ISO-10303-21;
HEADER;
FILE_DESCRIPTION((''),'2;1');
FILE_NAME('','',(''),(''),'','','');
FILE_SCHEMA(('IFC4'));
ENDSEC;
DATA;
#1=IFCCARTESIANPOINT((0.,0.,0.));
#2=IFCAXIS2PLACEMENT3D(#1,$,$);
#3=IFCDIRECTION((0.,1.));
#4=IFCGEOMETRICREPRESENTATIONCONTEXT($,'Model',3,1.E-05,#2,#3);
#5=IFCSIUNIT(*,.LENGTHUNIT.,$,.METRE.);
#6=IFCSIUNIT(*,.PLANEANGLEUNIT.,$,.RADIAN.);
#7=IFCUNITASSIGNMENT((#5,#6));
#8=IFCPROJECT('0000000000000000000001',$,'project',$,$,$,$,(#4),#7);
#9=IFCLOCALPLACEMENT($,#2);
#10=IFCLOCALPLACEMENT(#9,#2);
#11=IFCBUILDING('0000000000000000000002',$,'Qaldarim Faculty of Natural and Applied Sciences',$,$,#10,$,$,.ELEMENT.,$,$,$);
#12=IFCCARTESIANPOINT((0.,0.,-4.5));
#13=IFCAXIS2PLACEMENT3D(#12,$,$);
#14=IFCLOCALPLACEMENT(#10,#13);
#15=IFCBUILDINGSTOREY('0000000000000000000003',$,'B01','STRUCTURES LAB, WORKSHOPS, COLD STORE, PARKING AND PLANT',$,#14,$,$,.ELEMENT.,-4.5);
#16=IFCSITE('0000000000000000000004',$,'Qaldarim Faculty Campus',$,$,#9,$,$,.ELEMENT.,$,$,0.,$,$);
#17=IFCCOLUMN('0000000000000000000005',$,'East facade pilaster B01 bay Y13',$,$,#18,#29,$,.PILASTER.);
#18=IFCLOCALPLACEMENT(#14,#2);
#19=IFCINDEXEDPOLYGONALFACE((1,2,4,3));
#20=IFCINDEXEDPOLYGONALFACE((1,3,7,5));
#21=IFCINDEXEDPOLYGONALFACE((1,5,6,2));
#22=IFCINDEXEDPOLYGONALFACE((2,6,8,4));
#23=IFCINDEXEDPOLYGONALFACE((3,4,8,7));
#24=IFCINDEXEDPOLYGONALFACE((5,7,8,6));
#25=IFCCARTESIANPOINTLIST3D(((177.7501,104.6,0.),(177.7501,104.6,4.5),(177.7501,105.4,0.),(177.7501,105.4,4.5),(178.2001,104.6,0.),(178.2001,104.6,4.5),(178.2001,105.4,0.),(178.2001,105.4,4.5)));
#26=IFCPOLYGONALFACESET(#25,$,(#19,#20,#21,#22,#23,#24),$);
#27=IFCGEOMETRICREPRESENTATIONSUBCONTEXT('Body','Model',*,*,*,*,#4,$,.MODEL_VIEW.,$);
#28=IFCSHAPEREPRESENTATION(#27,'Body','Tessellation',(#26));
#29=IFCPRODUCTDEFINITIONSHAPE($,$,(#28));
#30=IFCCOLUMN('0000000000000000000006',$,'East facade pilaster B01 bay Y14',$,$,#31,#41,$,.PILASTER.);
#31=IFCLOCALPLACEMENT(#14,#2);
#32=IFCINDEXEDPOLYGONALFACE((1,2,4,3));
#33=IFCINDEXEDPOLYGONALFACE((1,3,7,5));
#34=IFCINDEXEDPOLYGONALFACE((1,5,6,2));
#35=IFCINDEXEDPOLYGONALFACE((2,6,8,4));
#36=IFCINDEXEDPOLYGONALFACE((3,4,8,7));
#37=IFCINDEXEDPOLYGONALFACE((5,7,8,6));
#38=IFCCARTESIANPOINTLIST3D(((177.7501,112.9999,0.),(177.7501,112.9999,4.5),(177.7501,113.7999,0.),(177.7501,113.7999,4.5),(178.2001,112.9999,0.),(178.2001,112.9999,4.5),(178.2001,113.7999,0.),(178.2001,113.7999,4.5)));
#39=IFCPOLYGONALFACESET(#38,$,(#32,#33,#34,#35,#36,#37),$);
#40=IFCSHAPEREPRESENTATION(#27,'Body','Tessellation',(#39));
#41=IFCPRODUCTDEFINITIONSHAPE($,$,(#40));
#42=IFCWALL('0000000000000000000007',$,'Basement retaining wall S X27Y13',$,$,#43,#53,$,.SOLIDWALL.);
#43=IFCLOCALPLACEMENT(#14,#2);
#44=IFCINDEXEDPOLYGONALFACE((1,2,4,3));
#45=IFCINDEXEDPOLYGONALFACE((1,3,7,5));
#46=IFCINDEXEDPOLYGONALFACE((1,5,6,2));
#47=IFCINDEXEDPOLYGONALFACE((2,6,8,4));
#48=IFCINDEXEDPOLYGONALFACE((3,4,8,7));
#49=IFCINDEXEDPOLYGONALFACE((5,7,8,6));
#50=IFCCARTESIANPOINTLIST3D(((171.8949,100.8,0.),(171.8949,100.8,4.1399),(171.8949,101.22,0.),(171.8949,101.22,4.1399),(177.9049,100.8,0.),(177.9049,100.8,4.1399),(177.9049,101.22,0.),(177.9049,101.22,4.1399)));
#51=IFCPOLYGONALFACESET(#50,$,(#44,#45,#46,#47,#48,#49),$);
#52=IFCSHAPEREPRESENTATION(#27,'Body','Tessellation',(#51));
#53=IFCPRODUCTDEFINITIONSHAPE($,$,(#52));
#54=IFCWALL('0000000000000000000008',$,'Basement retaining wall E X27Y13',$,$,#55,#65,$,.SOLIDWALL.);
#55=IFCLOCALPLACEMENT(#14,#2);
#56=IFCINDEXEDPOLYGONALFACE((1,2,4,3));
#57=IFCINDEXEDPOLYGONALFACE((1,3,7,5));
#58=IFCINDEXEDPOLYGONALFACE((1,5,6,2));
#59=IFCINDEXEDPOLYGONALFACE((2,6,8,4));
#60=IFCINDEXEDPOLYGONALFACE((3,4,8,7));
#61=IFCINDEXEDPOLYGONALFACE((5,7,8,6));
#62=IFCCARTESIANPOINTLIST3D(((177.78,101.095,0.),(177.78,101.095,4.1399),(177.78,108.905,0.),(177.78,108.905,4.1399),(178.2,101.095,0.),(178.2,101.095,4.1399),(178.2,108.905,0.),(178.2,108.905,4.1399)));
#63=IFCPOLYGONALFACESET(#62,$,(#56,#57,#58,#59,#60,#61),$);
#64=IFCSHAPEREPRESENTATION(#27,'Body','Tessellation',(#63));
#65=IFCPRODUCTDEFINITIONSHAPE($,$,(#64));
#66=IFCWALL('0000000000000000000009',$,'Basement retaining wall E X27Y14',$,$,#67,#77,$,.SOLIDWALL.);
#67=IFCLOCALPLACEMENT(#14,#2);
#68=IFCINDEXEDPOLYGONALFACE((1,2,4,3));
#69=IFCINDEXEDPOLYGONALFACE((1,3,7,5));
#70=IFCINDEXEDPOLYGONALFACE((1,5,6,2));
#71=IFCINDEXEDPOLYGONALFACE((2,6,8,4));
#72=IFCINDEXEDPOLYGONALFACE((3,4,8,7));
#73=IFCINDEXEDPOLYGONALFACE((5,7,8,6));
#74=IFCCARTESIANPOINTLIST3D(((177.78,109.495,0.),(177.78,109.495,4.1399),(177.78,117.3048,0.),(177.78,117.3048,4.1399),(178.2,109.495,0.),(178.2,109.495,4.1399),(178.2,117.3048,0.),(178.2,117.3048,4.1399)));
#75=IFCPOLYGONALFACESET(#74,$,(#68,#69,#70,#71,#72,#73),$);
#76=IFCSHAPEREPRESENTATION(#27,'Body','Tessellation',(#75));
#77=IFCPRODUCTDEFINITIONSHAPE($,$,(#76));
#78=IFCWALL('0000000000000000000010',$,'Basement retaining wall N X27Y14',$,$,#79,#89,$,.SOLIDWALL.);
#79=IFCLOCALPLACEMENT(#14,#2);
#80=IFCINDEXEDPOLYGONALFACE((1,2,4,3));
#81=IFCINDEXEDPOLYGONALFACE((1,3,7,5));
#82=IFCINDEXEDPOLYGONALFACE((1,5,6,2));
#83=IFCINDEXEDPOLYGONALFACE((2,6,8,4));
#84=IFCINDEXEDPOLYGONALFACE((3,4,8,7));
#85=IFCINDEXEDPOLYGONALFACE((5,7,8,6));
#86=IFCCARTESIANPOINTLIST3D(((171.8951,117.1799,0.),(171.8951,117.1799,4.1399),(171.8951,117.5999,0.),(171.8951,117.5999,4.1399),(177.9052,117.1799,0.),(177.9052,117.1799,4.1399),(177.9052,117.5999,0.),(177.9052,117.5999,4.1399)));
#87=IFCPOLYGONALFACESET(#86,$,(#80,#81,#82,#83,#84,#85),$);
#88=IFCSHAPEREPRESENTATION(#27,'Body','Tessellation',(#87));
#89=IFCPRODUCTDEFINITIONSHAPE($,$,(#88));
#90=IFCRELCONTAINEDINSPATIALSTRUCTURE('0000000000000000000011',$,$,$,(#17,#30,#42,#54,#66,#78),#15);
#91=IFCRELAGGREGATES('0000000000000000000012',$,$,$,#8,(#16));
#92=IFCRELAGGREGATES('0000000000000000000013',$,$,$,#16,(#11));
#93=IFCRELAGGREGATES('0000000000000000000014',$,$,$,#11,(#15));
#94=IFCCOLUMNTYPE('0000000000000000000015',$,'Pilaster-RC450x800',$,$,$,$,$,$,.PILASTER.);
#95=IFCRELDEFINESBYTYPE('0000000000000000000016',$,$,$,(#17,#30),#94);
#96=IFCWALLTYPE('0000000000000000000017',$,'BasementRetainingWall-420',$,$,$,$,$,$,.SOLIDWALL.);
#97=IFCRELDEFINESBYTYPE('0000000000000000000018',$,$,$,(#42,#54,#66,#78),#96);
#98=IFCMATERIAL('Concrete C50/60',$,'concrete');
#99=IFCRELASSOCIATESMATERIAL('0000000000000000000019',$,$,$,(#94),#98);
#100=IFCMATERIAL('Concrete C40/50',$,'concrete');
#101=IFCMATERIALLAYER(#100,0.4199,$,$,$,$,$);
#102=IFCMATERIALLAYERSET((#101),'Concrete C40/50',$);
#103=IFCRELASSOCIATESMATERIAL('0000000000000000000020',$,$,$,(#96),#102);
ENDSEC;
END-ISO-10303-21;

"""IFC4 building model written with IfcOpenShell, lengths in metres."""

from ifc_helpers import new_model, si_unit, direction, frame, frame_2d, origin, origin_2d, place, context, subcontext, project, spatial, rectangle, extrude, material, layer, layer_set, material_profile, profile_set, type_object, element, save


model = new_model("IFC4")

# Units and contexts
model_context = context("Model", 3, precision=1e-05, world=origin(), true_north=direction((0.0, 1.0)))
body_context = subcontext(model_context, "Body", "Model", "MODEL_VIEW")
ifc_project = project(units=[si_unit("LENGTHUNIT", "METRE"), si_unit("PLANEANGLEUNIT", "RADIAN")], contexts=[model_context])

# Site, building, storey
site_placement = place(None, origin())
site = spatial("IfcSite", under=ifc_project, at=site_placement, Name="Qaldarim Faculty Campus", CompositionType="ELEMENT", RefElevation=0.0)
building_placement = place(site_placement, origin())
building = spatial("IfcBuilding", under=site, at=building_placement, Name="Qaldarim Faculty of Natural and Applied Sciences", CompositionType="ELEMENT")
storey_placement = place(building_placement, frame((0.0, 0.0, -4.5)))
storey = spatial("IfcBuildingStorey", under=building, at=storey_placement, Name="B01", Description="STRUCTURES LAB, WORKSHOPS, COLD STORE, PARKING AND PLANT", CompositionType="ELEMENT", Elevation=-4.5)

# Shared definitions
ifc_material_1 = material(Name="Concrete C40/50", Category="concrete")

# Columns
ifc_material_2 = material(Name="Concrete C50/60", Category="concrete")
ifc_material_profile_1 = material_profile(ifc_material_2, rectangle(XDim=0.45, YDim=0.8, at=origin_2d()), Name="RC-C450x800")
ifc_profile_set_1 = profile_set([ifc_material_profile_1], Name="Concrete C50/60")
column_type_1 = type_object("IfcColumnType", Name="Pilaster-RC450x800", PredefinedType="PILASTER", material=ifc_profile_set_1)
for number, where, z_axis, x_axis, name in (
    (1, (177.9751, 105.0, 0.0), (0.0, 0.0, 1.0), (1.0, 0.0, 0.0), "East facade pilaster B01 bay Y13"),
    (2, (177.9751, 113.3999, 0.0), (0.0, 0.0, 1.0), (1.0, 0.0, 0.0), "East facade pilaster B01 bay Y14"),
):
    element("IfcColumn", number, at=place(storey_placement, frame(where, z_axis=z_axis, x_axis=x_axis)), inside=storey, type_object=column_type_1, Name=name, PredefinedType="PILASTER", context=body_context, shape_type="SweptSolid", body=[
        extrude(rectangle(XDim=0.45, YDim=0.8, at=origin_2d()), origin(), (0.0, 0.0, 1.0), 4.5),
    ])

# Walls
ifc_layer_1 = layer(ifc_material_1, 0.4199)
ifc_layer_set_1 = layer_set([ifc_layer_1], Name="Concrete C40/50")
wall_type = type_object("IfcWallType", Name="BasementRetainingWall-420", PredefinedType="SOLIDWALL", material=ifc_layer_set_1)
wall_1_placement = place(storey_placement, frame((171.895, 101.01, 0.0), z_axis=(0.0, 0.0, 1.0), x_axis=(1.0, 0.0, 0.0)))
element("IfcWall", 3, at=wall_1_placement, inside=storey, type_object=wall_type, Name="Basement retaining wall S X27Y13", PredefinedType="SOLIDWALL", context=body_context, shape_type="SweptSolid", body=[
    extrude(rectangle(XDim=6.01, YDim=0.4199, at=frame_2d((3.0049, 0.0))), origin(), (0.0, 0.0, 1.0), 4.1399),
])
wall_2_placement = place(storey_placement, frame((177.99, 101.095, 0.0), z_axis=(0.0, 0.0, 1.0), x_axis=(0.0, 1.0, 0.0)))
element("IfcWall", 4, at=wall_2_placement, inside=storey, type_object=wall_type, Name="Basement retaining wall E X27Y13", PredefinedType="SOLIDWALL", context=body_context, shape_type="SweptSolid", body=[
    extrude(rectangle(XDim=7.8101, YDim=0.4199, at=frame_2d((3.905, 0.0))), origin(), (0.0, 0.0, 1.0), 4.1399),
])
wall_3_placement = place(storey_placement, frame((177.99, 109.4951, 0.0), z_axis=(0.0, 0.0, 1.0), x_axis=(0.0, 1.0, 0.0)))
element("IfcWall", 5, at=wall_3_placement, inside=storey, type_object=wall_type, Name="Basement retaining wall E X27Y14", PredefinedType="SOLIDWALL", context=body_context, shape_type="SweptSolid", body=[
    extrude(rectangle(XDim=7.8098, YDim=0.4199, at=frame_2d((3.9048, 0.0))), origin(), (0.0, 0.0, 1.0), 4.1399),
])
wall_4_placement = place(storey_placement, frame((177.905, 117.3899, 0.0), z_axis=(0.0, 0.0, 1.0), x_axis=(-1.0, 0.0, 0.0)))
element("IfcWall", 6, at=wall_4_placement, inside=storey, type_object=wall_type, Name="Basement retaining wall N X27Y14", PredefinedType="SOLIDWALL", context=body_context, shape_type="SweptSolid", body=[
    extrude(rectangle(XDim=6.01, YDim=0.4199, at=frame_2d((3.0049, 0.0))), origin(), (0.0, 0.0, 1.0), 4.1399),
])

save(model, "model.ifc")
